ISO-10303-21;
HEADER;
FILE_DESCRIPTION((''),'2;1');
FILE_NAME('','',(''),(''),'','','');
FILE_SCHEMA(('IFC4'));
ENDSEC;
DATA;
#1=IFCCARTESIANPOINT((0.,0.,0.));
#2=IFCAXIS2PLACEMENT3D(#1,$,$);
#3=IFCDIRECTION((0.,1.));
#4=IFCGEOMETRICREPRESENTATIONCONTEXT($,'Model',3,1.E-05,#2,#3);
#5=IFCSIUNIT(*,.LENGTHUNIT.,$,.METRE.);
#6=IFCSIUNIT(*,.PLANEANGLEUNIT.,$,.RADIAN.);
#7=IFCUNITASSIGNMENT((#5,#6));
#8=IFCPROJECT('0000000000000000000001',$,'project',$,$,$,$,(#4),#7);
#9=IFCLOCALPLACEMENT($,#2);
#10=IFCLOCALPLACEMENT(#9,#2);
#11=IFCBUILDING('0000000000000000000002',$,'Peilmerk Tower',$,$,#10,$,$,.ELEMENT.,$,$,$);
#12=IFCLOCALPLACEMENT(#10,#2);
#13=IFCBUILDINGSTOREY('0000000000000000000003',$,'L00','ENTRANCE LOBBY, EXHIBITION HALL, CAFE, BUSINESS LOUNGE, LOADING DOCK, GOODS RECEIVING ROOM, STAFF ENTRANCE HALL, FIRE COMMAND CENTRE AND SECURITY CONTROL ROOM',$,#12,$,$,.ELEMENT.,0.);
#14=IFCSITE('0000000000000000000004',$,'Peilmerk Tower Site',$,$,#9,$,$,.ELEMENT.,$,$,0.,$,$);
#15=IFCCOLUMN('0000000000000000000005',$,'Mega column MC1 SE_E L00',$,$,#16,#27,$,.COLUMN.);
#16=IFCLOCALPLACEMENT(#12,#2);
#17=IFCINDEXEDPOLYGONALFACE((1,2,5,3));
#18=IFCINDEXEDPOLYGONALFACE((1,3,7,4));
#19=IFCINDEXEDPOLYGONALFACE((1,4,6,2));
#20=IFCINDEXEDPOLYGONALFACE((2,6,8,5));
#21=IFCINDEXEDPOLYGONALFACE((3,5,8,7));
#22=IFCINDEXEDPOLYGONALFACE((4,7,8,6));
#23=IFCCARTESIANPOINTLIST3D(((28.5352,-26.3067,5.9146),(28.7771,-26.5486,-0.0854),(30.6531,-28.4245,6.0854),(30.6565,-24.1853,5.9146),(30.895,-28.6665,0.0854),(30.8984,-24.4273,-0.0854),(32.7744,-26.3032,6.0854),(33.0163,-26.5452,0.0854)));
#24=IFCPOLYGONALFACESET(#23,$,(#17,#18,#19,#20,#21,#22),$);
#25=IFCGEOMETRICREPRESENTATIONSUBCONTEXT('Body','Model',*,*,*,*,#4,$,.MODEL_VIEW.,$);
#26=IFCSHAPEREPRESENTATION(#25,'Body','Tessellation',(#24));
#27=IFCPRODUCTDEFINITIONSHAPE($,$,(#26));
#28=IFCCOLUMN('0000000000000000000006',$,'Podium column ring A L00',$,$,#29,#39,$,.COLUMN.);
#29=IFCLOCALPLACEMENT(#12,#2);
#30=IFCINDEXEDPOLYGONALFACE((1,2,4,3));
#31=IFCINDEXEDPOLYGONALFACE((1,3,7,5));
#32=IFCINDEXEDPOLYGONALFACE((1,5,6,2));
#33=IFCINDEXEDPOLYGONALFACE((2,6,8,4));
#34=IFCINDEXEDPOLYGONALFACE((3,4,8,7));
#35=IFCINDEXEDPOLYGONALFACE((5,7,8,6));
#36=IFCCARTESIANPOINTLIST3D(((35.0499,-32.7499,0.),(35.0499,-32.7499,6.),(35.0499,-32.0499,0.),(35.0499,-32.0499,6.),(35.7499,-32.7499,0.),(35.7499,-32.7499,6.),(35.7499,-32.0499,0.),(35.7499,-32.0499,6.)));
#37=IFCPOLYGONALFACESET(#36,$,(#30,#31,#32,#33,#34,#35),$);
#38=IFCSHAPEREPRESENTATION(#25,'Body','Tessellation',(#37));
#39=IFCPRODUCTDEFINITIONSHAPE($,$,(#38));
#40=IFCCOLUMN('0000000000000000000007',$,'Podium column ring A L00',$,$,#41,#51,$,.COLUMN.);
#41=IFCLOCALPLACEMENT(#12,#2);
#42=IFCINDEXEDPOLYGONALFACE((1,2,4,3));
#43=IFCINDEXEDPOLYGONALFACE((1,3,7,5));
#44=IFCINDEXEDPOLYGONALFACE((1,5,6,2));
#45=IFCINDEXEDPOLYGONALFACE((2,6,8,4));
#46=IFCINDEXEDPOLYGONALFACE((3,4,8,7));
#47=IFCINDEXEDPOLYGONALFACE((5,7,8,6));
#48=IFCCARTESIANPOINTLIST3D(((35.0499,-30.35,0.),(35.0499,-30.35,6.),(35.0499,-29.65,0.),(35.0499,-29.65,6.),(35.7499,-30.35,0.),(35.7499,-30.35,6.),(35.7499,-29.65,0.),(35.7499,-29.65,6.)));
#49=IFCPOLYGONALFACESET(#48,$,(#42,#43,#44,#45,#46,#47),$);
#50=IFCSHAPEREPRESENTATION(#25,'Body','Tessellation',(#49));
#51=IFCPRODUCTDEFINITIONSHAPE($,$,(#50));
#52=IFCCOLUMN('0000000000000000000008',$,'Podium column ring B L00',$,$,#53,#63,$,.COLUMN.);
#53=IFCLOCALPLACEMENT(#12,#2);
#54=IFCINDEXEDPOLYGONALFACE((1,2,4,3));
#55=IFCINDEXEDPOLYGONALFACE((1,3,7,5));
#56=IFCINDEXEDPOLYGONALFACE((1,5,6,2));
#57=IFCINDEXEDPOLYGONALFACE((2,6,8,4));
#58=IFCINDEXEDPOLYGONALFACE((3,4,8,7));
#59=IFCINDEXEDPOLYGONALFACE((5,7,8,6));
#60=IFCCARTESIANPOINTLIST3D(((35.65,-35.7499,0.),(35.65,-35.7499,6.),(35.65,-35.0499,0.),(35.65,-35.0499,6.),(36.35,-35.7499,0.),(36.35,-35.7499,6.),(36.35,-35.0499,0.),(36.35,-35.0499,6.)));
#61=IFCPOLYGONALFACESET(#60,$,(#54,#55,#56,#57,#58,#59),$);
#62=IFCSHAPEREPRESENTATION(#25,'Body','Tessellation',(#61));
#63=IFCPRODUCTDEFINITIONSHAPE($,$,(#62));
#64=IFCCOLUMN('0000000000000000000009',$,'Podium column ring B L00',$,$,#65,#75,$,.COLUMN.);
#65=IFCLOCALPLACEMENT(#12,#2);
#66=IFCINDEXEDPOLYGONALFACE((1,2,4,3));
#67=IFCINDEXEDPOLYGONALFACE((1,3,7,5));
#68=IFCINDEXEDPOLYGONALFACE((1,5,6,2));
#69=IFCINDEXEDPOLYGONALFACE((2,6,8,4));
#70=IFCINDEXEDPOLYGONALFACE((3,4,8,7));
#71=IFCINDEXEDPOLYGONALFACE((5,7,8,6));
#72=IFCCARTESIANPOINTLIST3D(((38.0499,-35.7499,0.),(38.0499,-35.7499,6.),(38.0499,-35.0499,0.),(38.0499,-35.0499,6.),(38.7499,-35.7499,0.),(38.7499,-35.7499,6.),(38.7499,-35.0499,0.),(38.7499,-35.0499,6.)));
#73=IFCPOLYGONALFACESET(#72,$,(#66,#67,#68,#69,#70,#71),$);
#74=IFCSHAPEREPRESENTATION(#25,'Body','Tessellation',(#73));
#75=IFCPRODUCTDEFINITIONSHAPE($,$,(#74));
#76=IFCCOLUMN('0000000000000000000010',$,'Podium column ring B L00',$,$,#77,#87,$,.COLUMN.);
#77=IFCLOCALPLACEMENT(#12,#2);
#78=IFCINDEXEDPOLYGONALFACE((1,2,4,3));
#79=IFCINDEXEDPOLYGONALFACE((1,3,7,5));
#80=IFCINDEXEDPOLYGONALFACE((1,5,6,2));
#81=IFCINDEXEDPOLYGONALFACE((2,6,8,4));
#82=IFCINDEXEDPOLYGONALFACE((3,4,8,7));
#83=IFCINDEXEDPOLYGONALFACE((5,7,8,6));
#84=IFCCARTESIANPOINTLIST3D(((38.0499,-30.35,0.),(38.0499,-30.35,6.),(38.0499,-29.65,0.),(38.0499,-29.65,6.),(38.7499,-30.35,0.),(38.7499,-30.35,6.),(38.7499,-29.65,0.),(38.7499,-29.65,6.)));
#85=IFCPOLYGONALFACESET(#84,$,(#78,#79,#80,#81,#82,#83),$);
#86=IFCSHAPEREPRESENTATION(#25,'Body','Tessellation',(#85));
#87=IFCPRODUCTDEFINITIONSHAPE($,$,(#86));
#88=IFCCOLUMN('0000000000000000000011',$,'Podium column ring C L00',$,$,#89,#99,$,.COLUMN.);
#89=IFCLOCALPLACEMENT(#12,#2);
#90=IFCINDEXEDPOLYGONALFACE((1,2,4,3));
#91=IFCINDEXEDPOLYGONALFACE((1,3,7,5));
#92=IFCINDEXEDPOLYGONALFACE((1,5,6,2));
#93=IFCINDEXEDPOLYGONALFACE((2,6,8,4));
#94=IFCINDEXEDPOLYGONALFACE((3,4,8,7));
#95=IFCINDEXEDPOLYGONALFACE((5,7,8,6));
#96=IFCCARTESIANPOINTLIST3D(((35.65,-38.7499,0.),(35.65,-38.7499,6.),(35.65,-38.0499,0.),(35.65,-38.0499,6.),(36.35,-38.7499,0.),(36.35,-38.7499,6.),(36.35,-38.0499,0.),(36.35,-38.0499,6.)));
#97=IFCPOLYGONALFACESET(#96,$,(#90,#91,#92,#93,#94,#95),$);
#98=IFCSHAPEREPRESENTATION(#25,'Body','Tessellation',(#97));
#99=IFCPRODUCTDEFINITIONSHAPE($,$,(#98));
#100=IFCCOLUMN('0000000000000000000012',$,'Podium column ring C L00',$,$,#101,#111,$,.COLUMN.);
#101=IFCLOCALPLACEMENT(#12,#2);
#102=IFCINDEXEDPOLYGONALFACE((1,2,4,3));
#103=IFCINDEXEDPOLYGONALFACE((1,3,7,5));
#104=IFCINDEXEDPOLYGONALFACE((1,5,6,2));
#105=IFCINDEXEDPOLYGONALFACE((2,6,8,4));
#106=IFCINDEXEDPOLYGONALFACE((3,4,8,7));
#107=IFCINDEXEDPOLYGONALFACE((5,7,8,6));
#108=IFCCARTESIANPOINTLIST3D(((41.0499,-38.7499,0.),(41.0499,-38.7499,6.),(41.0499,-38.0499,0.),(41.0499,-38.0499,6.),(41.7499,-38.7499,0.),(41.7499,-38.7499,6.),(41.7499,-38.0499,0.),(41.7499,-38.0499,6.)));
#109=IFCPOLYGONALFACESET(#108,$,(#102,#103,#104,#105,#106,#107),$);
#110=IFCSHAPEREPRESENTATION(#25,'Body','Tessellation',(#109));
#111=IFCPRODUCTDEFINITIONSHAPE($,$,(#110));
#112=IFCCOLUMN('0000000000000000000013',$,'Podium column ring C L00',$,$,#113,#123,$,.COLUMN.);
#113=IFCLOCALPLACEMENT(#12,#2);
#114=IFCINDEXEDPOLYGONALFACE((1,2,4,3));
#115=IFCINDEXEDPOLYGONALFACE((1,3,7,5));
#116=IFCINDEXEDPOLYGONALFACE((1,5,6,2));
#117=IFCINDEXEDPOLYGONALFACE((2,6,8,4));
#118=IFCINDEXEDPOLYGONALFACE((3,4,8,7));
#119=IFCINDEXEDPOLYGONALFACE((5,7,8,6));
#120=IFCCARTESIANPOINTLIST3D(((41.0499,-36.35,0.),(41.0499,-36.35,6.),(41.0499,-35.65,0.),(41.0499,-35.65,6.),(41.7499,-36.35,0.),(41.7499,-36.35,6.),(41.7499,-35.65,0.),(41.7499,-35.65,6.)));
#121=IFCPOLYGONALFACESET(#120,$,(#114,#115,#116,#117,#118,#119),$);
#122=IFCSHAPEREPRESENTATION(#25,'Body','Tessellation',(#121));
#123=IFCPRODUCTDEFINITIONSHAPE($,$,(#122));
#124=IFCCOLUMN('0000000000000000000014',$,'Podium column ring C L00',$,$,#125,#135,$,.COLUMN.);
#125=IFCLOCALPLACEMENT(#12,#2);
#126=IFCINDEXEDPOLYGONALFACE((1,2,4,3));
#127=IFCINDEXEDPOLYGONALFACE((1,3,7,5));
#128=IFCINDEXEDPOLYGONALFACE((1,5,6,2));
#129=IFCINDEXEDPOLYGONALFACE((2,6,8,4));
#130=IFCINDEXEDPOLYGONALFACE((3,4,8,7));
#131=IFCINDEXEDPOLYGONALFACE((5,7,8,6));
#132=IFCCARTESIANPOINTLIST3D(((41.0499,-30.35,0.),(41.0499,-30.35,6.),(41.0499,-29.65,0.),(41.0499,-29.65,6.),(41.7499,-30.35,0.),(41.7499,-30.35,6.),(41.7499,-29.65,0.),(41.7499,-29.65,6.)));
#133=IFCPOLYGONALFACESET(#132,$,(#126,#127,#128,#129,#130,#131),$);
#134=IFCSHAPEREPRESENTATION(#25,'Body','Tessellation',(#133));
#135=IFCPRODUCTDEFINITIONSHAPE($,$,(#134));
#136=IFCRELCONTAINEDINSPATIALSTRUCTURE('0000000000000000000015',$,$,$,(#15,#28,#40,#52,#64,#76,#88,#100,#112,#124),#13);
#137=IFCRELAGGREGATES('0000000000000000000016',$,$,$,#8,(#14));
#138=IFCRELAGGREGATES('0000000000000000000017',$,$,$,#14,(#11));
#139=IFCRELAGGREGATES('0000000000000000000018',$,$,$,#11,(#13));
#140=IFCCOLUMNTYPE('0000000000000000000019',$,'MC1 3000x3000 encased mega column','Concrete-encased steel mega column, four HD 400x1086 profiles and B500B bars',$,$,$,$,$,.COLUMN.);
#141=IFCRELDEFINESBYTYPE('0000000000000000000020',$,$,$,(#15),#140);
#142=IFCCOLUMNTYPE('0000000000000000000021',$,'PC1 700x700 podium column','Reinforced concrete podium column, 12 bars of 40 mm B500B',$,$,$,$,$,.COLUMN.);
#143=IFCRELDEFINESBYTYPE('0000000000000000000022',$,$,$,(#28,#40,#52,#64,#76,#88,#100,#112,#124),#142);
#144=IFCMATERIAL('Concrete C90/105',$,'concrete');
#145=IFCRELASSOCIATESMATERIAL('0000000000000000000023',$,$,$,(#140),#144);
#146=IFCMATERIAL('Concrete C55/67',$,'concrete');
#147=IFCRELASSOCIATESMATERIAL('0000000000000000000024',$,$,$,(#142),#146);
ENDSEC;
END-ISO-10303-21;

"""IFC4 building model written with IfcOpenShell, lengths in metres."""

from ifc_helpers import new_model, si_unit, direction, frame, origin, origin_2d, place, context, subcontext, project, spatial, rectangle, extrude, material, material_profile, profile_set, type_object, element, save


model = new_model("IFC4")

# Units and contexts
model_context = context("Model", 3, precision=1e-05, world=origin(), true_north=direction((0.0, 1.0)))
body_context = subcontext(model_context, "Body", "Model", "MODEL_VIEW")
ifc_project = project(units=[si_unit("LENGTHUNIT", "METRE"), si_unit("PLANEANGLEUNIT", "RADIAN")], contexts=[model_context])

# Site, building, storey
site_placement = place(None, origin())
site = spatial("IfcSite", under=ifc_project, at=site_placement, Name="Peilmerk Tower Site", CompositionType="ELEMENT", RefElevation=0.0)
building_placement = place(site_placement, origin())
building = spatial("IfcBuilding", under=site, at=building_placement, Name="Peilmerk Tower", CompositionType="ELEMENT")
storey_placement = place(building_placement, origin())
storey = spatial("IfcBuildingStorey", under=building, at=storey_placement, Name="L00", Description="ENTRANCE LOBBY, EXHIBITION HALL, CAFE, BUSINESS LOUNGE, LOADING DOCK, GOODS RECEIVING ROOM, STAFF ENTRANCE HALL, FIRE COMMAND CENTRE AND SECURITY CONTROL ROOM", CompositionType="ELEMENT", Elevation=0.0)

# Columns
ifc_material_1 = material(Name="Concrete C90/105", Category="concrete")
ifc_material_profile_1 = material_profile(ifc_material_1, rectangle(XDim=3.0, YDim=3.0, at=origin_2d()), Name="RC 3000x3000")
ifc_profile_set_1 = profile_set([ifc_material_profile_1], Name="Concrete C90/105")
column_type_1 = type_object("IfcColumnType", Name="MC1 3000x3000 encased mega column", Description="Concrete-encased steel mega column, four HD 400x1086 profiles and B500B bars", PredefinedType="COLUMN", material=ifc_profile_set_1)
column_placement = place(storey_placement, frame((30.8967, -26.5469, 0.0), z_axis=(-0.040258, 0.040258, 0.998378), x_axis=(-0.707107, -0.707107, 0.0)))
element("IfcColumn", 1, at=column_placement, inside=storey, type_object=column_type_1, Name="Mega column MC1 SE_E L00", PredefinedType="COLUMN", context=body_context, shape_type="SweptSolid", body=[
    extrude(rectangle(XDim=3.0, YDim=3.0, at=origin_2d()), origin(), (0.0, 0.0, 1.0), 6.0098),
])
ifc_material_2 = material(Name="Concrete C55/67", Category="concrete")
ifc_material_profile_2 = material_profile(ifc_material_2, rectangle(XDim=0.7, YDim=0.7, at=origin_2d()), Name="RC 700x700")
ifc_profile_set_2 = profile_set([ifc_material_profile_2], Name="Concrete C55/67")
column_type_2 = type_object("IfcColumnType", Name="PC1 700x700 podium column", Description="Reinforced concrete podium column, 12 bars of 40 mm B500B", PredefinedType="COLUMN", material=ifc_profile_set_2)
for number, where, z_axis, x_axis, name in (
    (2, (35.3999, -32.3999, 0.0), (0.0, 0.0, 1.0), (1.0, 0.0, 0.0), "Podium column ring A L00"),
    (3, (35.3999, -30.0, 0.0), (0.0, 0.0, 1.0), (1.0, 0.0, 0.0), "Podium column ring A L00"),
    (4, (36.0, -35.3999, 0.0), (0.0, 0.0, 1.0), (1.0, 0.0, 0.0), "Podium column ring B L00"),
    (5, (38.3999, -35.3999, 0.0), (0.0, 0.0, 1.0), (1.0, 0.0, 0.0), "Podium column ring B L00"),
    (6, (38.3999, -30.0, 0.0), (0.0, 0.0, 1.0), (1.0, 0.0, 0.0), "Podium column ring B L00"),
    (7, (36.0, -38.3999, 0.0), (0.0, 0.0, 1.0), (1.0, 0.0, 0.0), "Podium column ring C L00"),
    (8, (41.3999, -38.3999, 0.0), (0.0, 0.0, 1.0), (1.0, 0.0, 0.0), "Podium column ring C L00"),
    (9, (41.3999, -36.0, 0.0), (0.0, 0.0, 1.0), (1.0, 0.0, 0.0), "Podium column ring C L00"),
    (10, (41.3999, -30.0, 0.0), (0.0, 0.0, 1.0), (1.0, 0.0, 0.0), "Podium column ring C L00"),
):
    element("IfcColumn", number, at=place(storey_placement, frame(where, z_axis=z_axis, x_axis=x_axis)), inside=storey, type_object=column_type_2, Name=name, PredefinedType="COLUMN", context=body_context, shape_type="SweptSolid", body=[
        extrude(rectangle(XDim=0.7, YDim=0.7, at=origin_2d()), origin(), (0.0, 0.0, 1.0), 6.0),
    ])

save(model, "model.ifc")
